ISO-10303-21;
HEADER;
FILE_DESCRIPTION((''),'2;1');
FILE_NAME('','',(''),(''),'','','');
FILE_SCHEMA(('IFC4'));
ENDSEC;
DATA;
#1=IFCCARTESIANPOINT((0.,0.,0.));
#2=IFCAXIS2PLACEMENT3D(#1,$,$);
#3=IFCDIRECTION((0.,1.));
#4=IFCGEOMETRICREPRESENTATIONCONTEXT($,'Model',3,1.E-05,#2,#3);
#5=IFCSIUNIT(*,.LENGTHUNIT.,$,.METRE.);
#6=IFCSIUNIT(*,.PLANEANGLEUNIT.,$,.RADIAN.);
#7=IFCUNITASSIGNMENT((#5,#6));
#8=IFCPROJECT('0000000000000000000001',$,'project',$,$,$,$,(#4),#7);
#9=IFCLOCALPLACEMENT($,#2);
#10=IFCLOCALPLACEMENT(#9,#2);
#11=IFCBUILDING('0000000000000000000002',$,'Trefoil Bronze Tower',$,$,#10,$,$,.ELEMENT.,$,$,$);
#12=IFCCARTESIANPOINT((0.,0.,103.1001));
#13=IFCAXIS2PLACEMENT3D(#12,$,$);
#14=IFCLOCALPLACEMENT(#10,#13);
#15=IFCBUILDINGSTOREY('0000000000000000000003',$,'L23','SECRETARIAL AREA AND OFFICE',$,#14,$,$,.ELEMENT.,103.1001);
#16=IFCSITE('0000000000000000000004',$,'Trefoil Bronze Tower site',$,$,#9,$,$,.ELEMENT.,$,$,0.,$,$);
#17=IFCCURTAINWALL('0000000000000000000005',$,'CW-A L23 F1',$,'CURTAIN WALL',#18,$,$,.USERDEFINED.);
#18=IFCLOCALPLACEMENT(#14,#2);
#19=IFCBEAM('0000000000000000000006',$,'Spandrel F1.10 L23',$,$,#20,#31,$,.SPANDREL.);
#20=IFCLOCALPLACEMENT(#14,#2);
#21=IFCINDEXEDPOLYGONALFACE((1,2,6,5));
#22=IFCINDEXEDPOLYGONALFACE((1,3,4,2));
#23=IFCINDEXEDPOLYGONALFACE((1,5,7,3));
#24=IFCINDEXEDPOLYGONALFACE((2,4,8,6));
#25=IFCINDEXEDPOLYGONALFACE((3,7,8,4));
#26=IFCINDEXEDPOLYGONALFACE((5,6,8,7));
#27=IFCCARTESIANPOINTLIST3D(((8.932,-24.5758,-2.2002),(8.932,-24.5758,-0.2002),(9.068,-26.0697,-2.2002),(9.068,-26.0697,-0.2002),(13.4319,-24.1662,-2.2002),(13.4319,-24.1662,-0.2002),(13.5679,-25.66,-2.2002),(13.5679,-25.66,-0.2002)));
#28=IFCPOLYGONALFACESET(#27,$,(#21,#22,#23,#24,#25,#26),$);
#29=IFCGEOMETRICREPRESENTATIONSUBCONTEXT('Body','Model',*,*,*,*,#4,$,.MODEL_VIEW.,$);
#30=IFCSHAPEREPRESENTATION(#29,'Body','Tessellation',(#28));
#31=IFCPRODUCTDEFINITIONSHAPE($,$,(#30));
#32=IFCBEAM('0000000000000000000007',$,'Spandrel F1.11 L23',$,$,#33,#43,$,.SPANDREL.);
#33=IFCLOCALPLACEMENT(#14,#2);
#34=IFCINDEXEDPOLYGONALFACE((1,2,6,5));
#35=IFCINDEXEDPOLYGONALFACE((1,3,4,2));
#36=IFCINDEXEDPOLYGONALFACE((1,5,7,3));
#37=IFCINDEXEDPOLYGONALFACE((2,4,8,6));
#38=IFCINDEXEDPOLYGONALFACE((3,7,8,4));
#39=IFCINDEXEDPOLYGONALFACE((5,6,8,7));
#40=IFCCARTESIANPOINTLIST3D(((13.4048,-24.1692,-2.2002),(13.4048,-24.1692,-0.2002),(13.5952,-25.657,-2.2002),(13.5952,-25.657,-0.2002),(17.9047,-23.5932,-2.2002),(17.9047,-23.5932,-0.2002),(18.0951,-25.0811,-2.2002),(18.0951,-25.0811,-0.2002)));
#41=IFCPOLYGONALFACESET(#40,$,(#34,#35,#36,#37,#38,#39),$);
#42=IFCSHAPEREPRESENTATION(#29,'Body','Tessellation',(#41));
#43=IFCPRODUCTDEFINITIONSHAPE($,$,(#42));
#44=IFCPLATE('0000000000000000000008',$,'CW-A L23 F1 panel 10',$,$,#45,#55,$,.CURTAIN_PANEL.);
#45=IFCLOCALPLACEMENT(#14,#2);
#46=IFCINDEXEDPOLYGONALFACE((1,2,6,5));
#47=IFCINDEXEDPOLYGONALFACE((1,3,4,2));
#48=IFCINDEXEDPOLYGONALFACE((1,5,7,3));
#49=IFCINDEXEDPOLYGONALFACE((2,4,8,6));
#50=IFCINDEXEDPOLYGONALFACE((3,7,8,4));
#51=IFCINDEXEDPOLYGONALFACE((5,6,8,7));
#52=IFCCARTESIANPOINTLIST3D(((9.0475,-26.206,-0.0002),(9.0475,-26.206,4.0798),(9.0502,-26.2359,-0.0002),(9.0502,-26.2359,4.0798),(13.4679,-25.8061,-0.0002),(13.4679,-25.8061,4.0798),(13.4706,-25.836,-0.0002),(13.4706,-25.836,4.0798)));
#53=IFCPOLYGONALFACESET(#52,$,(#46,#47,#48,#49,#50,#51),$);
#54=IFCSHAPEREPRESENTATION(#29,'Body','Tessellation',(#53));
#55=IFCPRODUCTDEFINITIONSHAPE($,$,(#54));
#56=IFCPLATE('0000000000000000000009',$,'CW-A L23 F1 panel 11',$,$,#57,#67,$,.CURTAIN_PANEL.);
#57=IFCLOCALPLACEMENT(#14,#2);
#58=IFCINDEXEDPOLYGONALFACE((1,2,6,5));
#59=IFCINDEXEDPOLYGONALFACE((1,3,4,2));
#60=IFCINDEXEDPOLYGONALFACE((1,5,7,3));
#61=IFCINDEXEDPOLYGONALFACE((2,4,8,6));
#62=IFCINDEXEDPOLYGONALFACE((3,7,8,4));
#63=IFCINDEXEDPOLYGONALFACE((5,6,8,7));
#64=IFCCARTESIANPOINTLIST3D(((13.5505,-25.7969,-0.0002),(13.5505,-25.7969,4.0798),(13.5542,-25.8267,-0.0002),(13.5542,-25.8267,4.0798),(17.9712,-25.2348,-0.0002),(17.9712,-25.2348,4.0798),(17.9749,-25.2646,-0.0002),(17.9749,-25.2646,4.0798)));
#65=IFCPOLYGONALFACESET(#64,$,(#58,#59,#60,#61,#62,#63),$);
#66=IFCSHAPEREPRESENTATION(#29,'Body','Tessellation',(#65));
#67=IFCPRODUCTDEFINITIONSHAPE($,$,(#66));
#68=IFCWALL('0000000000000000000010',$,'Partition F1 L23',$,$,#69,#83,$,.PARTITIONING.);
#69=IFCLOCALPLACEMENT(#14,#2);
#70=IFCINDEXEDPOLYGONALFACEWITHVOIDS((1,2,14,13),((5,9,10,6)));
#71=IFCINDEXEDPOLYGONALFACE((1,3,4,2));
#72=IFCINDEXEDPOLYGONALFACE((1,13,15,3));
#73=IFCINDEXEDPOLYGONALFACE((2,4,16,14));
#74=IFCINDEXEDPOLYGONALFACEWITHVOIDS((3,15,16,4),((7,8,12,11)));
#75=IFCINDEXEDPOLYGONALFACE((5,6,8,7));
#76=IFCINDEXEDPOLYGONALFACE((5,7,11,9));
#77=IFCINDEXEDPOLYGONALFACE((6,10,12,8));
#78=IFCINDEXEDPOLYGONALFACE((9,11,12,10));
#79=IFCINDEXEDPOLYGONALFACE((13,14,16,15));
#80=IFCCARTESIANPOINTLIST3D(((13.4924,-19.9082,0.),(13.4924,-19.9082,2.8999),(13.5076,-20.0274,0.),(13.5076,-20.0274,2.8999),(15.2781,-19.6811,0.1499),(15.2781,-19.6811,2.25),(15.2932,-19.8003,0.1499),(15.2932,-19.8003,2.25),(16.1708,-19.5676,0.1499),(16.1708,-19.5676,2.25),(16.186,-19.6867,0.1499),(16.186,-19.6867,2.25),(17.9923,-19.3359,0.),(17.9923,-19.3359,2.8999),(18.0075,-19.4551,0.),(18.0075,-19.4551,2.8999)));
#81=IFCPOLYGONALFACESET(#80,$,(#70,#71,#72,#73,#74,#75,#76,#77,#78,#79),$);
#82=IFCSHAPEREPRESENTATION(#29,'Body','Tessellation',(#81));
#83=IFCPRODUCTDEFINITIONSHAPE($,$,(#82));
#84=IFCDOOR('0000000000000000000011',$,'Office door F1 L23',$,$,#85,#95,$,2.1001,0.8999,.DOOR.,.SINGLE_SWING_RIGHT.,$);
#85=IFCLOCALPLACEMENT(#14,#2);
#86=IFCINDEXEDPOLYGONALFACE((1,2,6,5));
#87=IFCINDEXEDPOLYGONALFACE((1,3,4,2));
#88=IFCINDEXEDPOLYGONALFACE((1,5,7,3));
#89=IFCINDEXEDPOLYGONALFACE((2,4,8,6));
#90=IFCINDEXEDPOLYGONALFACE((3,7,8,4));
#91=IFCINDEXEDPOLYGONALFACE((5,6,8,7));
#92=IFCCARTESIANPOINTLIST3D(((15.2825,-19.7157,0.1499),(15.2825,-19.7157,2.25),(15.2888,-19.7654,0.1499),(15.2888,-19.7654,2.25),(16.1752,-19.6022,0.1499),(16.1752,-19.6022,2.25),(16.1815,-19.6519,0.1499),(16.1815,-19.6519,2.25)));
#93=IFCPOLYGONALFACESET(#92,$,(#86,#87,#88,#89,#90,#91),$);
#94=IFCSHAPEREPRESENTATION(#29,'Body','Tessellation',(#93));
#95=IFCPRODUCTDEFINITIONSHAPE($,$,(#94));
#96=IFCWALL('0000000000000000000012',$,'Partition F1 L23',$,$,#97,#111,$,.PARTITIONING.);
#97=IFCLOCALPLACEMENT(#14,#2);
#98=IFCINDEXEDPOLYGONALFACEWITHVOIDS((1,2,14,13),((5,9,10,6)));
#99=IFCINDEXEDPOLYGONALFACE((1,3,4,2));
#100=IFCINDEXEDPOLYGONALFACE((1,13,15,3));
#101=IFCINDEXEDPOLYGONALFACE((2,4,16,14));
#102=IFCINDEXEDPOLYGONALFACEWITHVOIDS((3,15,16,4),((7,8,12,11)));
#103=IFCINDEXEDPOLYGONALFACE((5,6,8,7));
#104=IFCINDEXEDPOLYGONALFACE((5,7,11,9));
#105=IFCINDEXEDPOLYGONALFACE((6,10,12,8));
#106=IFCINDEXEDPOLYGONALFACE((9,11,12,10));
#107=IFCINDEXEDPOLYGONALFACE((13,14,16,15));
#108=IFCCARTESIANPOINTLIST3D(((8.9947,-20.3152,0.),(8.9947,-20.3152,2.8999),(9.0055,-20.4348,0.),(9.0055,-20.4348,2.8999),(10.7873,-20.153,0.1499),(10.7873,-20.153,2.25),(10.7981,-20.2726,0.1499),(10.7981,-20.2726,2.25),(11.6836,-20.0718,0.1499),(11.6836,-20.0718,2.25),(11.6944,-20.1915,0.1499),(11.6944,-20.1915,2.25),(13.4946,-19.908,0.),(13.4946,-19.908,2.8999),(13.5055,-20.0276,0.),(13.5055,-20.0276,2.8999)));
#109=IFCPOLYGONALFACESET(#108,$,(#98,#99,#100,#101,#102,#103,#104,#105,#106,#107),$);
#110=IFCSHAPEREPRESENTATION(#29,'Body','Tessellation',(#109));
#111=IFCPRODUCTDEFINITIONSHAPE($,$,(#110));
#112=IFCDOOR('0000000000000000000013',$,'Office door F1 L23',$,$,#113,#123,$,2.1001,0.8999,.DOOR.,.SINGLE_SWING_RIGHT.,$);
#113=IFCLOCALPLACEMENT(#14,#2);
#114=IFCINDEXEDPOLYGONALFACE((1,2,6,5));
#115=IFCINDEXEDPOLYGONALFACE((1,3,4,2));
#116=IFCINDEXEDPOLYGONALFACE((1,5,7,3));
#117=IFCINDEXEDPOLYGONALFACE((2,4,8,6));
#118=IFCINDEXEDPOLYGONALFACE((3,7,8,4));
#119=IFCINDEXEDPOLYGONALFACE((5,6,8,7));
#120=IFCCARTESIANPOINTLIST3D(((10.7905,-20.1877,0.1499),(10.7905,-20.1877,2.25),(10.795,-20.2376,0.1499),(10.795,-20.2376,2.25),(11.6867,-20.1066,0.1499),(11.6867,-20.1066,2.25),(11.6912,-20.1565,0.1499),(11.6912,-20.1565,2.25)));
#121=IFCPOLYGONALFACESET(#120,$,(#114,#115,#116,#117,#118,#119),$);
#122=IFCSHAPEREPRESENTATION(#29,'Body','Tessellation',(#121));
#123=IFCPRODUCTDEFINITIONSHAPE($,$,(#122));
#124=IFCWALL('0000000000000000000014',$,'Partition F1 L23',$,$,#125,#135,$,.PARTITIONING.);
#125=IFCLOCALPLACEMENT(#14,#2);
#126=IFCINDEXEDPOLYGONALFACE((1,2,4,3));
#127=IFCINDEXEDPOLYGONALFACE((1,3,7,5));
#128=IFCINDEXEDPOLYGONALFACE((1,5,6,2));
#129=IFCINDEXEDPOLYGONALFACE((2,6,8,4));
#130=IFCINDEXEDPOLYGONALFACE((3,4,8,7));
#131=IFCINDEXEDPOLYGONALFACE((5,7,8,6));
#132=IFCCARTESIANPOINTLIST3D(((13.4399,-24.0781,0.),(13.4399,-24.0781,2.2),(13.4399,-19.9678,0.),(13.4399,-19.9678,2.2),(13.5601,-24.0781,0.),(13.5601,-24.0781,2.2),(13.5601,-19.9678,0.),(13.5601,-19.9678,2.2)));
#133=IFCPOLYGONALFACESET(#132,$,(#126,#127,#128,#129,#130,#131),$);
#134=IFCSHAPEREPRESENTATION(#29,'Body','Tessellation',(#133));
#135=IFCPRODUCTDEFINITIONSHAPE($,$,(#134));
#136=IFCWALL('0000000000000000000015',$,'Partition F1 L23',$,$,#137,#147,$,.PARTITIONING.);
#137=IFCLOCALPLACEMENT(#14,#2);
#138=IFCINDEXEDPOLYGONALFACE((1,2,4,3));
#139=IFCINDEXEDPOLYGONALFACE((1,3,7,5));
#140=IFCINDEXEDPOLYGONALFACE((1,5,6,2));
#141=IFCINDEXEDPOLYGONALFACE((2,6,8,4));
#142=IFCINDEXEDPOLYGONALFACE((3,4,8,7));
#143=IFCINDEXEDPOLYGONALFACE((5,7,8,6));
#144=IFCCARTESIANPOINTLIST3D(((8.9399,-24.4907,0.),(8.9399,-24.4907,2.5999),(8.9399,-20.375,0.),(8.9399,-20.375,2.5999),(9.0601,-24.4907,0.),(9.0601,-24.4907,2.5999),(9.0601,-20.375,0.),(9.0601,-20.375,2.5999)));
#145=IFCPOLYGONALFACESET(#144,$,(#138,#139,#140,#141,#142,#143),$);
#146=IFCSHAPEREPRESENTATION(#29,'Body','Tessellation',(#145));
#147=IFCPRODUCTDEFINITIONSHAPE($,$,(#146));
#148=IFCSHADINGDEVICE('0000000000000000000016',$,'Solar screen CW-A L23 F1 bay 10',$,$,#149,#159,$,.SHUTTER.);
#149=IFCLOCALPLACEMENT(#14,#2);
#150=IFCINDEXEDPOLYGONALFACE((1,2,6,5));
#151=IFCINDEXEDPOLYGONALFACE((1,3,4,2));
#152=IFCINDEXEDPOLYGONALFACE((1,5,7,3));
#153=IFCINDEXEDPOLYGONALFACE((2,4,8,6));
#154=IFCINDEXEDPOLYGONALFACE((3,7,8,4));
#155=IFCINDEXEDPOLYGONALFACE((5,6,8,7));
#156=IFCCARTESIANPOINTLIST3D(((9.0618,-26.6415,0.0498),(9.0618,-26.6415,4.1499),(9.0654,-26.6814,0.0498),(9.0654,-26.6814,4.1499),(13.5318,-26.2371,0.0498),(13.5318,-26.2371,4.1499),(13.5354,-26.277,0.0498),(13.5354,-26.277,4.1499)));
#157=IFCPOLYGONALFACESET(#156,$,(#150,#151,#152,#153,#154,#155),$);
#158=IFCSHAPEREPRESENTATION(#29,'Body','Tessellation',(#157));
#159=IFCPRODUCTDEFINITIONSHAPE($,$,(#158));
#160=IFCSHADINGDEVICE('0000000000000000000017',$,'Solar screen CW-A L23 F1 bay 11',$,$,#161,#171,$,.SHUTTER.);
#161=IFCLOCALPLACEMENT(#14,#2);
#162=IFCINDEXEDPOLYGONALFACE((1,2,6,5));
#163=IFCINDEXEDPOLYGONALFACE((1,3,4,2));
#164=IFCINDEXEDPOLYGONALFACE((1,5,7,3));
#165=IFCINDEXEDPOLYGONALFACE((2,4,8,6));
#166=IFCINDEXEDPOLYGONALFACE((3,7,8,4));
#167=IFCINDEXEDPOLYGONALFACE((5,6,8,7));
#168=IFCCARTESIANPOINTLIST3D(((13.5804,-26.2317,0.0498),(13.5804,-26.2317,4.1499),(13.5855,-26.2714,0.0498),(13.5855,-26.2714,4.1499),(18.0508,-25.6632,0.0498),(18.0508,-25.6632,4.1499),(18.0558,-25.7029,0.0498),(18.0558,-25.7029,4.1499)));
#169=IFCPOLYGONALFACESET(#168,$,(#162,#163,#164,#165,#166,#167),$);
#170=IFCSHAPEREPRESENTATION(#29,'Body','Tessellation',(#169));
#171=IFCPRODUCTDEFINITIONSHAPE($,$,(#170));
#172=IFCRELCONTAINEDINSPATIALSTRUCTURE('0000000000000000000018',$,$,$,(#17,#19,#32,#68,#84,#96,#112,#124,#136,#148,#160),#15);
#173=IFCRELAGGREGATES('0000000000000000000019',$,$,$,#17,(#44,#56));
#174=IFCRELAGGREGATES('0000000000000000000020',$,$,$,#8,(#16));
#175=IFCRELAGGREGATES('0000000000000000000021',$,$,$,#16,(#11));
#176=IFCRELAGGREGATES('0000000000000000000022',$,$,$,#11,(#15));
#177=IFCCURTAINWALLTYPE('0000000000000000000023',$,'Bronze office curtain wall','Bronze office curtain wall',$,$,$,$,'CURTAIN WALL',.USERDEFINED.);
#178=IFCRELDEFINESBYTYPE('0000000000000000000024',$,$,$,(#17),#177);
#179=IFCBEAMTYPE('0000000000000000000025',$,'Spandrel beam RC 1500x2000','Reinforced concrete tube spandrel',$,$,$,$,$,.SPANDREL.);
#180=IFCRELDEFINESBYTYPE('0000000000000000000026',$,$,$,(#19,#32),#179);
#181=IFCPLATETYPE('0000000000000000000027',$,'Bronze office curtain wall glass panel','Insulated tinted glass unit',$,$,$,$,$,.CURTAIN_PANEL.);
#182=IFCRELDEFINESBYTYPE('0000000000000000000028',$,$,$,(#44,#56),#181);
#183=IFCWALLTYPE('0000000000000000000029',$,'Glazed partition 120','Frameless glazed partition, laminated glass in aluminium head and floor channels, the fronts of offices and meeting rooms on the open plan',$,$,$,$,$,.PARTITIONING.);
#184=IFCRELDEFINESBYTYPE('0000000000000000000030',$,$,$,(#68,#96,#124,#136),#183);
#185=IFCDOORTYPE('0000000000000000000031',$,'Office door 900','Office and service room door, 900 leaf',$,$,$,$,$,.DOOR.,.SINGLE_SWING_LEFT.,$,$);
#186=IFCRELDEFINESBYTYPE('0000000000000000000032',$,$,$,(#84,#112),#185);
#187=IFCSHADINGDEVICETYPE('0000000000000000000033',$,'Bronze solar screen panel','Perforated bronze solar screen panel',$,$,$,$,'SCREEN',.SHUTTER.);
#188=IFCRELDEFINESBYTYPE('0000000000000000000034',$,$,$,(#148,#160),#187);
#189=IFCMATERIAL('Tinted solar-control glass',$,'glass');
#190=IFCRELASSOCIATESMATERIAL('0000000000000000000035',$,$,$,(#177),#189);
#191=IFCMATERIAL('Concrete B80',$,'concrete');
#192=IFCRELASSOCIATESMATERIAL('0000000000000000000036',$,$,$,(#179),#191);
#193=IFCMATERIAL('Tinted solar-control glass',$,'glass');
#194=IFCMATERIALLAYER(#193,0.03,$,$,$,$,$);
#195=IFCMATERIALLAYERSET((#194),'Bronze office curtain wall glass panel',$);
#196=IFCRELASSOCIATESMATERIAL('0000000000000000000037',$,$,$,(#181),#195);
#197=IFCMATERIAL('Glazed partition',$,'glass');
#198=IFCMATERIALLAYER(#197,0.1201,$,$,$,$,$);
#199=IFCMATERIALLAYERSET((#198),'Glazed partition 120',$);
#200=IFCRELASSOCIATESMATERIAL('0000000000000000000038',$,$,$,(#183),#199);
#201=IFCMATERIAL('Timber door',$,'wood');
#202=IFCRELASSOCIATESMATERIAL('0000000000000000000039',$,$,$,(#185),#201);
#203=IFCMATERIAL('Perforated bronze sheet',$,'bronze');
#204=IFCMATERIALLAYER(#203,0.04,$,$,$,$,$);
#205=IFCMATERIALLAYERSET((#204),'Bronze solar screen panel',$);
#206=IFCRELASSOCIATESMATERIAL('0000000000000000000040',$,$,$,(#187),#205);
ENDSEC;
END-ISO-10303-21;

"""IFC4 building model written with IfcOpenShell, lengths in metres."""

from ifc_helpers import new_model, si_unit, direction, frame, frame_2d, origin, origin_2d, place, context, subcontext, project, spatial, rectangle, extrude, material, layer, layer_set, material_profile, profile_set, type_object, element, fill, aggregate, save


model = new_model("IFC4")

# Units and contexts
model_context = context("Model", 3, precision=1e-05, world=origin(), true_north=direction((0.0, 1.0)))
body_context = subcontext(model_context, "Body", "Model", "MODEL_VIEW")
ifc_project = project(units=[si_unit("LENGTHUNIT", "METRE"), si_unit("PLANEANGLEUNIT", "RADIAN")], contexts=[model_context])

# Site, building, storey
site_placement = place(None, origin())
site = spatial("IfcSite", under=ifc_project, at=site_placement, Name="Trefoil Bronze Tower site", CompositionType="ELEMENT", RefElevation=0.0)
building_placement = place(site_placement, origin())
building = spatial("IfcBuilding", under=site, at=building_placement, Name="Trefoil Bronze Tower", CompositionType="ELEMENT")
storey_placement = place(building_placement, frame((0.0, 0.0, 103.1001)))
storey = spatial("IfcBuildingStorey", under=building, at=storey_placement, Name="L23", Description="SECRETARIAL AREA AND OFFICE", CompositionType="ELEMENT", Elevation=103.1001)

# Curtain wall
ifc_material_1 = material(Name="Tinted solar-control glass", Category="glass")
curtain_wall_type = type_object("IfcCurtainWallType", Name="Bronze office curtain wall", Description="Bronze office curtain wall", ElementType="CURTAIN WALL", PredefinedType="USERDEFINED", material=ifc_material_1)
curtain_wall_placement = place(storey_placement, origin())
curtain_wall = element("IfcCurtainWall", 1, at=curtain_wall_placement, inside=storey, type_object=curtain_wall_type, Name="CW-A L23 F1", ObjectType="CURTAIN WALL", PredefinedType="USERDEFINED")

# Beams
ifc_material_2 = material(Name="Concrete B80", Category="concrete")
ifc_material_profile_1 = material_profile(ifc_material_2, rectangle(XDim=1.5, YDim=2.0, at=origin_2d()), Name="RC 1500x2000")
ifc_profile_set_1 = profile_set([ifc_material_profile_1], Name="Concrete B80")
beam_type_1 = type_object("IfcBeamType", Name="Spandrel beam RC 1500x2000", Description="Reinforced concrete tube spandrel", PredefinedType="SPANDREL", material=ifc_profile_set_1)
beam_1_placement = place(storey_placement, frame((9.0, -25.3228, -1.2002), z_axis=(0.995882, 0.090662, 0.0), x_axis=(-0.090662, 0.995882, 0.0)))
element("IfcBeam", 2, at=beam_1_placement, inside=storey, type_object=beam_type_1, Name="Spandrel F1.10 L23", PredefinedType="SPANDREL", context=body_context, shape_type="SweptSolid", body=[
    extrude(rectangle(XDim=1.5, YDim=2.0, at=origin_2d()), origin(), (0.0, 0.0, 1.0), 4.5186),
])
beam_2_placement = place(storey_placement, frame((13.5, -24.9131, -1.2002), z_axis=(0.991909, 0.126948, 0.0), x_axis=(-0.126948, 0.991909, 0.0)))
element("IfcBeam", 3, at=beam_2_placement, inside=storey, type_object=beam_type_1, Name="Spandrel F1.11 L23", PredefinedType="SPANDREL", context=body_context, shape_type="SweptSolid", body=[
    extrude(rectangle(XDim=1.5, YDim=2.0, at=origin_2d()), origin(), (0.0, 0.0, 1.0), 4.5366),
])

# Plates
ifc_material_3 = material(Name="Tinted solar-control glass", Category="glass")
ifc_layer_1 = layer(ifc_material_3, 0.03)
ifc_layer_set_1 = layer_set([ifc_layer_1], Name="Bronze office curtain wall glass panel")
plate_type = type_object("IfcPlateType", Name="Bronze office curtain wall glass panel", Description="Insulated tinted glass unit", PredefinedType="CURTAIN_PANEL", material=ifc_layer_set_1)
plate_1_placement = place(storey_placement, frame((11.259, -26.021, -0.0002), z_axis=(0.0, 0.0, 1.0), x_axis=(0.995932, 0.090105, 0.0)))
plate_1 = element("IfcPlate", 4, at=plate_1_placement, type_object=plate_type, Name="CW-A L23 F1 panel 10", PredefinedType="CURTAIN_PANEL", context=body_context, shape_type="SweptSolid", body=[
    extrude(rectangle(XDim=4.4385, YDim=0.03, at=origin_2d()), origin(), (0.0, 0.0, 1.0), 4.0801),
])
plate_2_placement = place(storey_placement, frame((15.7627, -25.5308, -0.0002), z_axis=(0.0, 0.0, 1.0), x_axis=(0.992012, 0.126147, 0.0)))
plate_2 = element("IfcPlate", 5, at=plate_2_placement, type_object=plate_type, Name="CW-A L23 F1 panel 11", PredefinedType="CURTAIN_PANEL", context=body_context, shape_type="SweptSolid", body=[
    extrude(rectangle(XDim=4.4563, YDim=0.03, at=origin_2d()), origin(), (0.0, 0.0, 1.0), 4.0801),
])
aggregate(curtain_wall, [plate_1, plate_2])

# Walls, openings, doors
ifc_material_4 = material(Name="Glazed partition", Category="glass")
ifc_layer_2 = layer(ifc_material_4, 0.1201)
ifc_layer_set_2 = layer_set([ifc_layer_2], Name="Glazed partition 120")
wall_type = type_object("IfcWallType", Name="Glazed partition 120", Description="Frameless glazed partition, laminated glass in aluminium head and floor channels, the fronts of offices and meeting rooms on the open plan", PredefinedType="PARTITIONING", material=ifc_layer_set_2)
wall_1_placement = place(storey_placement, frame((13.5, -19.9678, 0.0), z_axis=(0.0, 0.0, 1.0), x_axis=(0.992011, 0.126154, 0.0)))
wall_1 = element("IfcWall", 6, at=wall_1_placement, inside=storey, type_object=wall_type, Name="Partition F1 L23", PredefinedType="PARTITIONING", context=body_context, shape_type="SweptSolid", body=[
    extrude(rectangle(XDim=4.5361, YDim=0.1201, at=frame_2d((2.2681, 0.0))), origin(), (0.0, 0.0, 1.0), 2.8999),
])
opening_1_placement = place(wall_1_placement, frame((1.8, 0.0, 0.1499)))
opening_1 = element("IfcOpeningElement", 7, at=opening_1_placement, cuts=wall_1, PredefinedType="OPENING", context=body_context, shape_type="SweptSolid", body=[
    extrude(rectangle(XDim=0.8999, YDim=2.1001, at=frame_2d((0.45, 1.05))), frame((0.0, 0.0701, 0.0), z_axis=(0.0, -1.0, 0.0), x_axis=(1.0, 0.0, 0.0)), (0.0, 0.0, 1.0), 0.1401),
])
ifc_material_5 = material(Name="Timber door", Category="wood")
door_type = type_object("IfcDoorType", Name="Office door 900", Description="Office and service room door, 900 leaf", OperationType="SINGLE_SWING_LEFT", PredefinedType="DOOR", material=ifc_material_5)
door_1_placement = place(opening_1_placement, frame((0.8999, 0.0, 0.0), z_axis=(0.0, 0.0, 1.0), x_axis=(-1.0, 0.0, 0.0)))
door_1 = element("IfcDoor", 8, at=door_1_placement, inside=storey, type_object=door_type, Name="Office door F1 L23", OperationType="SINGLE_SWING_RIGHT", OverallHeight=2.1001, OverallWidth=0.8999, PredefinedType="DOOR", context=body_context, shape_type="SweptSolid", body=[
    extrude(rectangle(XDim=0.8999, YDim=2.1001, at=frame_2d((0.45, 1.05))), frame((0.0, 0.0249, 0.0), z_axis=(0.0, -1.0, 0.0), x_axis=(1.0, 0.0, 0.0)), (0.0, 0.0, 1.0), 0.05),
])
fill(opening_1, door_1)
wall_2_placement = place(storey_placement, frame((9.0, -20.375, 0.0), z_axis=(0.0, 0.0, 1.0), x_axis=(0.99593, 0.090127, 0.0)))
wall_2 = element("IfcWall", 9, at=wall_2_placement, inside=storey, type_object=wall_type, Name="Partition F1 L23", PredefinedType="PARTITIONING", context=body_context, shape_type="SweptSolid", body=[
    extrude(rectangle(XDim=4.5183, YDim=0.1201, at=frame_2d((2.2593, 0.0))), origin(), (0.0, 0.0, 1.0), 2.8999),
])
opening_2_placement = place(wall_2_placement, frame((1.8, 0.0, 0.1499)))
opening_2 = element("IfcOpeningElement", 10, at=opening_2_placement, cuts=wall_2, PredefinedType="OPENING", context=body_context, shape_type="SweptSolid", body=[
    extrude(rectangle(XDim=0.8999, YDim=2.1001, at=frame_2d((0.45, 1.05))), frame((0.0, 0.0701, 0.0), z_axis=(0.0, -1.0, 0.0), x_axis=(1.0, 0.0, 0.0)), (0.0, 0.0, 1.0), 0.1401),
])
door_2_placement = place(opening_2_placement, frame((0.8999, 0.0, 0.0), z_axis=(0.0, 0.0, 1.0), x_axis=(-1.0, 0.0, 0.0)))
door_2 = element("IfcDoor", 11, at=door_2_placement, inside=storey, type_object=door_type, Name="Office door F1 L23", OperationType="SINGLE_SWING_RIGHT", OverallHeight=2.1001, OverallWidth=0.8999, PredefinedType="DOOR", context=body_context, shape_type="SweptSolid", body=[
    extrude(rectangle(XDim=0.8999, YDim=2.1001, at=frame_2d((0.45, 1.05))), frame((0.0, 0.0249, 0.0), z_axis=(0.0, -1.0, 0.0), x_axis=(1.0, 0.0, 0.0)), (0.0, 0.0, 1.0), 0.05),
])
fill(opening_2, door_2)

# Walls
wall_3_placement = place(storey_placement, frame((13.5, -19.9678, 0.0), z_axis=(0.0, 0.0, 1.0), x_axis=(0.0, -1.0, 0.0)))
element("IfcWall", 12, at=wall_3_placement, inside=storey, type_object=wall_type, Name="Partition F1 L23", PredefinedType="PARTITIONING", context=body_context, shape_type="SweptSolid", body=[
    extrude(rectangle(XDim=4.1104, YDim=0.1201, at=frame_2d((2.0552, 0.0))), origin(), (0.0, 0.0, 1.0), 2.2),
])
wall_4_placement = place(storey_placement, frame((9.0, -20.375, 0.0), z_axis=(0.0, 0.0, 1.0), x_axis=(0.0, -1.0, 0.0)))
element("IfcWall", 13, at=wall_4_placement, inside=storey, type_object=wall_type, Name="Partition F1 L23", PredefinedType="PARTITIONING", context=body_context, shape_type="SweptSolid", body=[
    extrude(rectangle(XDim=4.1157, YDim=0.1201, at=frame_2d((2.0579, 0.0))), origin(), (0.0, 0.0, 1.0), 2.5999),
])

# Shading devices
ifc_material_6 = material(Name="Perforated bronze sheet", Category="bronze")
ifc_layer_3 = layer(ifc_material_6, 0.04)
ifc_layer_set_3 = layer_set([ifc_layer_3], Name="Bronze solar screen panel")
shading_device_type = type_object("IfcShadingDeviceType", Name="Bronze solar screen panel", Description="Perforated bronze solar screen panel", ElementType="SCREEN", PredefinedType="SHUTTER", material=ifc_layer_set_3)
shading_device_1_placement = place(storey_placement, frame((11.2986, -26.4592, 0.0498), z_axis=(0.0, 0.0, 1.0), x_axis=(0.995932, 0.090105, 0.0)))
element("IfcShadingDevice", 14, at=shading_device_1_placement, inside=storey, type_object=shading_device_type, Name="Solar screen CW-A L23 F1 bay 10", PredefinedType="SHUTTER", context=body_context, shape_type="SweptSolid", body=[
    extrude(rectangle(XDim=4.4883, YDim=0.04, at=origin_2d()), origin(), (0.0, 0.0, 1.0), 4.1001),
])
shading_device_2_placement = place(storey_placement, frame((15.8181, -25.9673, 0.0498), z_axis=(0.0, 0.0, 1.0), x_axis=(0.992012, 0.126147, 0.0)))
element("IfcShadingDevice", 15, at=shading_device_2_placement, inside=storey, type_object=shading_device_type, Name="Solar screen CW-A L23 F1 bay 11", PredefinedType="SHUTTER", context=body_context, shape_type="SweptSolid", body=[
    extrude(rectangle(XDim=4.5063, YDim=0.04, at=origin_2d()), origin(), (0.0, 0.0, 1.0), 4.1001),
])

save(model, "model.ifc")
